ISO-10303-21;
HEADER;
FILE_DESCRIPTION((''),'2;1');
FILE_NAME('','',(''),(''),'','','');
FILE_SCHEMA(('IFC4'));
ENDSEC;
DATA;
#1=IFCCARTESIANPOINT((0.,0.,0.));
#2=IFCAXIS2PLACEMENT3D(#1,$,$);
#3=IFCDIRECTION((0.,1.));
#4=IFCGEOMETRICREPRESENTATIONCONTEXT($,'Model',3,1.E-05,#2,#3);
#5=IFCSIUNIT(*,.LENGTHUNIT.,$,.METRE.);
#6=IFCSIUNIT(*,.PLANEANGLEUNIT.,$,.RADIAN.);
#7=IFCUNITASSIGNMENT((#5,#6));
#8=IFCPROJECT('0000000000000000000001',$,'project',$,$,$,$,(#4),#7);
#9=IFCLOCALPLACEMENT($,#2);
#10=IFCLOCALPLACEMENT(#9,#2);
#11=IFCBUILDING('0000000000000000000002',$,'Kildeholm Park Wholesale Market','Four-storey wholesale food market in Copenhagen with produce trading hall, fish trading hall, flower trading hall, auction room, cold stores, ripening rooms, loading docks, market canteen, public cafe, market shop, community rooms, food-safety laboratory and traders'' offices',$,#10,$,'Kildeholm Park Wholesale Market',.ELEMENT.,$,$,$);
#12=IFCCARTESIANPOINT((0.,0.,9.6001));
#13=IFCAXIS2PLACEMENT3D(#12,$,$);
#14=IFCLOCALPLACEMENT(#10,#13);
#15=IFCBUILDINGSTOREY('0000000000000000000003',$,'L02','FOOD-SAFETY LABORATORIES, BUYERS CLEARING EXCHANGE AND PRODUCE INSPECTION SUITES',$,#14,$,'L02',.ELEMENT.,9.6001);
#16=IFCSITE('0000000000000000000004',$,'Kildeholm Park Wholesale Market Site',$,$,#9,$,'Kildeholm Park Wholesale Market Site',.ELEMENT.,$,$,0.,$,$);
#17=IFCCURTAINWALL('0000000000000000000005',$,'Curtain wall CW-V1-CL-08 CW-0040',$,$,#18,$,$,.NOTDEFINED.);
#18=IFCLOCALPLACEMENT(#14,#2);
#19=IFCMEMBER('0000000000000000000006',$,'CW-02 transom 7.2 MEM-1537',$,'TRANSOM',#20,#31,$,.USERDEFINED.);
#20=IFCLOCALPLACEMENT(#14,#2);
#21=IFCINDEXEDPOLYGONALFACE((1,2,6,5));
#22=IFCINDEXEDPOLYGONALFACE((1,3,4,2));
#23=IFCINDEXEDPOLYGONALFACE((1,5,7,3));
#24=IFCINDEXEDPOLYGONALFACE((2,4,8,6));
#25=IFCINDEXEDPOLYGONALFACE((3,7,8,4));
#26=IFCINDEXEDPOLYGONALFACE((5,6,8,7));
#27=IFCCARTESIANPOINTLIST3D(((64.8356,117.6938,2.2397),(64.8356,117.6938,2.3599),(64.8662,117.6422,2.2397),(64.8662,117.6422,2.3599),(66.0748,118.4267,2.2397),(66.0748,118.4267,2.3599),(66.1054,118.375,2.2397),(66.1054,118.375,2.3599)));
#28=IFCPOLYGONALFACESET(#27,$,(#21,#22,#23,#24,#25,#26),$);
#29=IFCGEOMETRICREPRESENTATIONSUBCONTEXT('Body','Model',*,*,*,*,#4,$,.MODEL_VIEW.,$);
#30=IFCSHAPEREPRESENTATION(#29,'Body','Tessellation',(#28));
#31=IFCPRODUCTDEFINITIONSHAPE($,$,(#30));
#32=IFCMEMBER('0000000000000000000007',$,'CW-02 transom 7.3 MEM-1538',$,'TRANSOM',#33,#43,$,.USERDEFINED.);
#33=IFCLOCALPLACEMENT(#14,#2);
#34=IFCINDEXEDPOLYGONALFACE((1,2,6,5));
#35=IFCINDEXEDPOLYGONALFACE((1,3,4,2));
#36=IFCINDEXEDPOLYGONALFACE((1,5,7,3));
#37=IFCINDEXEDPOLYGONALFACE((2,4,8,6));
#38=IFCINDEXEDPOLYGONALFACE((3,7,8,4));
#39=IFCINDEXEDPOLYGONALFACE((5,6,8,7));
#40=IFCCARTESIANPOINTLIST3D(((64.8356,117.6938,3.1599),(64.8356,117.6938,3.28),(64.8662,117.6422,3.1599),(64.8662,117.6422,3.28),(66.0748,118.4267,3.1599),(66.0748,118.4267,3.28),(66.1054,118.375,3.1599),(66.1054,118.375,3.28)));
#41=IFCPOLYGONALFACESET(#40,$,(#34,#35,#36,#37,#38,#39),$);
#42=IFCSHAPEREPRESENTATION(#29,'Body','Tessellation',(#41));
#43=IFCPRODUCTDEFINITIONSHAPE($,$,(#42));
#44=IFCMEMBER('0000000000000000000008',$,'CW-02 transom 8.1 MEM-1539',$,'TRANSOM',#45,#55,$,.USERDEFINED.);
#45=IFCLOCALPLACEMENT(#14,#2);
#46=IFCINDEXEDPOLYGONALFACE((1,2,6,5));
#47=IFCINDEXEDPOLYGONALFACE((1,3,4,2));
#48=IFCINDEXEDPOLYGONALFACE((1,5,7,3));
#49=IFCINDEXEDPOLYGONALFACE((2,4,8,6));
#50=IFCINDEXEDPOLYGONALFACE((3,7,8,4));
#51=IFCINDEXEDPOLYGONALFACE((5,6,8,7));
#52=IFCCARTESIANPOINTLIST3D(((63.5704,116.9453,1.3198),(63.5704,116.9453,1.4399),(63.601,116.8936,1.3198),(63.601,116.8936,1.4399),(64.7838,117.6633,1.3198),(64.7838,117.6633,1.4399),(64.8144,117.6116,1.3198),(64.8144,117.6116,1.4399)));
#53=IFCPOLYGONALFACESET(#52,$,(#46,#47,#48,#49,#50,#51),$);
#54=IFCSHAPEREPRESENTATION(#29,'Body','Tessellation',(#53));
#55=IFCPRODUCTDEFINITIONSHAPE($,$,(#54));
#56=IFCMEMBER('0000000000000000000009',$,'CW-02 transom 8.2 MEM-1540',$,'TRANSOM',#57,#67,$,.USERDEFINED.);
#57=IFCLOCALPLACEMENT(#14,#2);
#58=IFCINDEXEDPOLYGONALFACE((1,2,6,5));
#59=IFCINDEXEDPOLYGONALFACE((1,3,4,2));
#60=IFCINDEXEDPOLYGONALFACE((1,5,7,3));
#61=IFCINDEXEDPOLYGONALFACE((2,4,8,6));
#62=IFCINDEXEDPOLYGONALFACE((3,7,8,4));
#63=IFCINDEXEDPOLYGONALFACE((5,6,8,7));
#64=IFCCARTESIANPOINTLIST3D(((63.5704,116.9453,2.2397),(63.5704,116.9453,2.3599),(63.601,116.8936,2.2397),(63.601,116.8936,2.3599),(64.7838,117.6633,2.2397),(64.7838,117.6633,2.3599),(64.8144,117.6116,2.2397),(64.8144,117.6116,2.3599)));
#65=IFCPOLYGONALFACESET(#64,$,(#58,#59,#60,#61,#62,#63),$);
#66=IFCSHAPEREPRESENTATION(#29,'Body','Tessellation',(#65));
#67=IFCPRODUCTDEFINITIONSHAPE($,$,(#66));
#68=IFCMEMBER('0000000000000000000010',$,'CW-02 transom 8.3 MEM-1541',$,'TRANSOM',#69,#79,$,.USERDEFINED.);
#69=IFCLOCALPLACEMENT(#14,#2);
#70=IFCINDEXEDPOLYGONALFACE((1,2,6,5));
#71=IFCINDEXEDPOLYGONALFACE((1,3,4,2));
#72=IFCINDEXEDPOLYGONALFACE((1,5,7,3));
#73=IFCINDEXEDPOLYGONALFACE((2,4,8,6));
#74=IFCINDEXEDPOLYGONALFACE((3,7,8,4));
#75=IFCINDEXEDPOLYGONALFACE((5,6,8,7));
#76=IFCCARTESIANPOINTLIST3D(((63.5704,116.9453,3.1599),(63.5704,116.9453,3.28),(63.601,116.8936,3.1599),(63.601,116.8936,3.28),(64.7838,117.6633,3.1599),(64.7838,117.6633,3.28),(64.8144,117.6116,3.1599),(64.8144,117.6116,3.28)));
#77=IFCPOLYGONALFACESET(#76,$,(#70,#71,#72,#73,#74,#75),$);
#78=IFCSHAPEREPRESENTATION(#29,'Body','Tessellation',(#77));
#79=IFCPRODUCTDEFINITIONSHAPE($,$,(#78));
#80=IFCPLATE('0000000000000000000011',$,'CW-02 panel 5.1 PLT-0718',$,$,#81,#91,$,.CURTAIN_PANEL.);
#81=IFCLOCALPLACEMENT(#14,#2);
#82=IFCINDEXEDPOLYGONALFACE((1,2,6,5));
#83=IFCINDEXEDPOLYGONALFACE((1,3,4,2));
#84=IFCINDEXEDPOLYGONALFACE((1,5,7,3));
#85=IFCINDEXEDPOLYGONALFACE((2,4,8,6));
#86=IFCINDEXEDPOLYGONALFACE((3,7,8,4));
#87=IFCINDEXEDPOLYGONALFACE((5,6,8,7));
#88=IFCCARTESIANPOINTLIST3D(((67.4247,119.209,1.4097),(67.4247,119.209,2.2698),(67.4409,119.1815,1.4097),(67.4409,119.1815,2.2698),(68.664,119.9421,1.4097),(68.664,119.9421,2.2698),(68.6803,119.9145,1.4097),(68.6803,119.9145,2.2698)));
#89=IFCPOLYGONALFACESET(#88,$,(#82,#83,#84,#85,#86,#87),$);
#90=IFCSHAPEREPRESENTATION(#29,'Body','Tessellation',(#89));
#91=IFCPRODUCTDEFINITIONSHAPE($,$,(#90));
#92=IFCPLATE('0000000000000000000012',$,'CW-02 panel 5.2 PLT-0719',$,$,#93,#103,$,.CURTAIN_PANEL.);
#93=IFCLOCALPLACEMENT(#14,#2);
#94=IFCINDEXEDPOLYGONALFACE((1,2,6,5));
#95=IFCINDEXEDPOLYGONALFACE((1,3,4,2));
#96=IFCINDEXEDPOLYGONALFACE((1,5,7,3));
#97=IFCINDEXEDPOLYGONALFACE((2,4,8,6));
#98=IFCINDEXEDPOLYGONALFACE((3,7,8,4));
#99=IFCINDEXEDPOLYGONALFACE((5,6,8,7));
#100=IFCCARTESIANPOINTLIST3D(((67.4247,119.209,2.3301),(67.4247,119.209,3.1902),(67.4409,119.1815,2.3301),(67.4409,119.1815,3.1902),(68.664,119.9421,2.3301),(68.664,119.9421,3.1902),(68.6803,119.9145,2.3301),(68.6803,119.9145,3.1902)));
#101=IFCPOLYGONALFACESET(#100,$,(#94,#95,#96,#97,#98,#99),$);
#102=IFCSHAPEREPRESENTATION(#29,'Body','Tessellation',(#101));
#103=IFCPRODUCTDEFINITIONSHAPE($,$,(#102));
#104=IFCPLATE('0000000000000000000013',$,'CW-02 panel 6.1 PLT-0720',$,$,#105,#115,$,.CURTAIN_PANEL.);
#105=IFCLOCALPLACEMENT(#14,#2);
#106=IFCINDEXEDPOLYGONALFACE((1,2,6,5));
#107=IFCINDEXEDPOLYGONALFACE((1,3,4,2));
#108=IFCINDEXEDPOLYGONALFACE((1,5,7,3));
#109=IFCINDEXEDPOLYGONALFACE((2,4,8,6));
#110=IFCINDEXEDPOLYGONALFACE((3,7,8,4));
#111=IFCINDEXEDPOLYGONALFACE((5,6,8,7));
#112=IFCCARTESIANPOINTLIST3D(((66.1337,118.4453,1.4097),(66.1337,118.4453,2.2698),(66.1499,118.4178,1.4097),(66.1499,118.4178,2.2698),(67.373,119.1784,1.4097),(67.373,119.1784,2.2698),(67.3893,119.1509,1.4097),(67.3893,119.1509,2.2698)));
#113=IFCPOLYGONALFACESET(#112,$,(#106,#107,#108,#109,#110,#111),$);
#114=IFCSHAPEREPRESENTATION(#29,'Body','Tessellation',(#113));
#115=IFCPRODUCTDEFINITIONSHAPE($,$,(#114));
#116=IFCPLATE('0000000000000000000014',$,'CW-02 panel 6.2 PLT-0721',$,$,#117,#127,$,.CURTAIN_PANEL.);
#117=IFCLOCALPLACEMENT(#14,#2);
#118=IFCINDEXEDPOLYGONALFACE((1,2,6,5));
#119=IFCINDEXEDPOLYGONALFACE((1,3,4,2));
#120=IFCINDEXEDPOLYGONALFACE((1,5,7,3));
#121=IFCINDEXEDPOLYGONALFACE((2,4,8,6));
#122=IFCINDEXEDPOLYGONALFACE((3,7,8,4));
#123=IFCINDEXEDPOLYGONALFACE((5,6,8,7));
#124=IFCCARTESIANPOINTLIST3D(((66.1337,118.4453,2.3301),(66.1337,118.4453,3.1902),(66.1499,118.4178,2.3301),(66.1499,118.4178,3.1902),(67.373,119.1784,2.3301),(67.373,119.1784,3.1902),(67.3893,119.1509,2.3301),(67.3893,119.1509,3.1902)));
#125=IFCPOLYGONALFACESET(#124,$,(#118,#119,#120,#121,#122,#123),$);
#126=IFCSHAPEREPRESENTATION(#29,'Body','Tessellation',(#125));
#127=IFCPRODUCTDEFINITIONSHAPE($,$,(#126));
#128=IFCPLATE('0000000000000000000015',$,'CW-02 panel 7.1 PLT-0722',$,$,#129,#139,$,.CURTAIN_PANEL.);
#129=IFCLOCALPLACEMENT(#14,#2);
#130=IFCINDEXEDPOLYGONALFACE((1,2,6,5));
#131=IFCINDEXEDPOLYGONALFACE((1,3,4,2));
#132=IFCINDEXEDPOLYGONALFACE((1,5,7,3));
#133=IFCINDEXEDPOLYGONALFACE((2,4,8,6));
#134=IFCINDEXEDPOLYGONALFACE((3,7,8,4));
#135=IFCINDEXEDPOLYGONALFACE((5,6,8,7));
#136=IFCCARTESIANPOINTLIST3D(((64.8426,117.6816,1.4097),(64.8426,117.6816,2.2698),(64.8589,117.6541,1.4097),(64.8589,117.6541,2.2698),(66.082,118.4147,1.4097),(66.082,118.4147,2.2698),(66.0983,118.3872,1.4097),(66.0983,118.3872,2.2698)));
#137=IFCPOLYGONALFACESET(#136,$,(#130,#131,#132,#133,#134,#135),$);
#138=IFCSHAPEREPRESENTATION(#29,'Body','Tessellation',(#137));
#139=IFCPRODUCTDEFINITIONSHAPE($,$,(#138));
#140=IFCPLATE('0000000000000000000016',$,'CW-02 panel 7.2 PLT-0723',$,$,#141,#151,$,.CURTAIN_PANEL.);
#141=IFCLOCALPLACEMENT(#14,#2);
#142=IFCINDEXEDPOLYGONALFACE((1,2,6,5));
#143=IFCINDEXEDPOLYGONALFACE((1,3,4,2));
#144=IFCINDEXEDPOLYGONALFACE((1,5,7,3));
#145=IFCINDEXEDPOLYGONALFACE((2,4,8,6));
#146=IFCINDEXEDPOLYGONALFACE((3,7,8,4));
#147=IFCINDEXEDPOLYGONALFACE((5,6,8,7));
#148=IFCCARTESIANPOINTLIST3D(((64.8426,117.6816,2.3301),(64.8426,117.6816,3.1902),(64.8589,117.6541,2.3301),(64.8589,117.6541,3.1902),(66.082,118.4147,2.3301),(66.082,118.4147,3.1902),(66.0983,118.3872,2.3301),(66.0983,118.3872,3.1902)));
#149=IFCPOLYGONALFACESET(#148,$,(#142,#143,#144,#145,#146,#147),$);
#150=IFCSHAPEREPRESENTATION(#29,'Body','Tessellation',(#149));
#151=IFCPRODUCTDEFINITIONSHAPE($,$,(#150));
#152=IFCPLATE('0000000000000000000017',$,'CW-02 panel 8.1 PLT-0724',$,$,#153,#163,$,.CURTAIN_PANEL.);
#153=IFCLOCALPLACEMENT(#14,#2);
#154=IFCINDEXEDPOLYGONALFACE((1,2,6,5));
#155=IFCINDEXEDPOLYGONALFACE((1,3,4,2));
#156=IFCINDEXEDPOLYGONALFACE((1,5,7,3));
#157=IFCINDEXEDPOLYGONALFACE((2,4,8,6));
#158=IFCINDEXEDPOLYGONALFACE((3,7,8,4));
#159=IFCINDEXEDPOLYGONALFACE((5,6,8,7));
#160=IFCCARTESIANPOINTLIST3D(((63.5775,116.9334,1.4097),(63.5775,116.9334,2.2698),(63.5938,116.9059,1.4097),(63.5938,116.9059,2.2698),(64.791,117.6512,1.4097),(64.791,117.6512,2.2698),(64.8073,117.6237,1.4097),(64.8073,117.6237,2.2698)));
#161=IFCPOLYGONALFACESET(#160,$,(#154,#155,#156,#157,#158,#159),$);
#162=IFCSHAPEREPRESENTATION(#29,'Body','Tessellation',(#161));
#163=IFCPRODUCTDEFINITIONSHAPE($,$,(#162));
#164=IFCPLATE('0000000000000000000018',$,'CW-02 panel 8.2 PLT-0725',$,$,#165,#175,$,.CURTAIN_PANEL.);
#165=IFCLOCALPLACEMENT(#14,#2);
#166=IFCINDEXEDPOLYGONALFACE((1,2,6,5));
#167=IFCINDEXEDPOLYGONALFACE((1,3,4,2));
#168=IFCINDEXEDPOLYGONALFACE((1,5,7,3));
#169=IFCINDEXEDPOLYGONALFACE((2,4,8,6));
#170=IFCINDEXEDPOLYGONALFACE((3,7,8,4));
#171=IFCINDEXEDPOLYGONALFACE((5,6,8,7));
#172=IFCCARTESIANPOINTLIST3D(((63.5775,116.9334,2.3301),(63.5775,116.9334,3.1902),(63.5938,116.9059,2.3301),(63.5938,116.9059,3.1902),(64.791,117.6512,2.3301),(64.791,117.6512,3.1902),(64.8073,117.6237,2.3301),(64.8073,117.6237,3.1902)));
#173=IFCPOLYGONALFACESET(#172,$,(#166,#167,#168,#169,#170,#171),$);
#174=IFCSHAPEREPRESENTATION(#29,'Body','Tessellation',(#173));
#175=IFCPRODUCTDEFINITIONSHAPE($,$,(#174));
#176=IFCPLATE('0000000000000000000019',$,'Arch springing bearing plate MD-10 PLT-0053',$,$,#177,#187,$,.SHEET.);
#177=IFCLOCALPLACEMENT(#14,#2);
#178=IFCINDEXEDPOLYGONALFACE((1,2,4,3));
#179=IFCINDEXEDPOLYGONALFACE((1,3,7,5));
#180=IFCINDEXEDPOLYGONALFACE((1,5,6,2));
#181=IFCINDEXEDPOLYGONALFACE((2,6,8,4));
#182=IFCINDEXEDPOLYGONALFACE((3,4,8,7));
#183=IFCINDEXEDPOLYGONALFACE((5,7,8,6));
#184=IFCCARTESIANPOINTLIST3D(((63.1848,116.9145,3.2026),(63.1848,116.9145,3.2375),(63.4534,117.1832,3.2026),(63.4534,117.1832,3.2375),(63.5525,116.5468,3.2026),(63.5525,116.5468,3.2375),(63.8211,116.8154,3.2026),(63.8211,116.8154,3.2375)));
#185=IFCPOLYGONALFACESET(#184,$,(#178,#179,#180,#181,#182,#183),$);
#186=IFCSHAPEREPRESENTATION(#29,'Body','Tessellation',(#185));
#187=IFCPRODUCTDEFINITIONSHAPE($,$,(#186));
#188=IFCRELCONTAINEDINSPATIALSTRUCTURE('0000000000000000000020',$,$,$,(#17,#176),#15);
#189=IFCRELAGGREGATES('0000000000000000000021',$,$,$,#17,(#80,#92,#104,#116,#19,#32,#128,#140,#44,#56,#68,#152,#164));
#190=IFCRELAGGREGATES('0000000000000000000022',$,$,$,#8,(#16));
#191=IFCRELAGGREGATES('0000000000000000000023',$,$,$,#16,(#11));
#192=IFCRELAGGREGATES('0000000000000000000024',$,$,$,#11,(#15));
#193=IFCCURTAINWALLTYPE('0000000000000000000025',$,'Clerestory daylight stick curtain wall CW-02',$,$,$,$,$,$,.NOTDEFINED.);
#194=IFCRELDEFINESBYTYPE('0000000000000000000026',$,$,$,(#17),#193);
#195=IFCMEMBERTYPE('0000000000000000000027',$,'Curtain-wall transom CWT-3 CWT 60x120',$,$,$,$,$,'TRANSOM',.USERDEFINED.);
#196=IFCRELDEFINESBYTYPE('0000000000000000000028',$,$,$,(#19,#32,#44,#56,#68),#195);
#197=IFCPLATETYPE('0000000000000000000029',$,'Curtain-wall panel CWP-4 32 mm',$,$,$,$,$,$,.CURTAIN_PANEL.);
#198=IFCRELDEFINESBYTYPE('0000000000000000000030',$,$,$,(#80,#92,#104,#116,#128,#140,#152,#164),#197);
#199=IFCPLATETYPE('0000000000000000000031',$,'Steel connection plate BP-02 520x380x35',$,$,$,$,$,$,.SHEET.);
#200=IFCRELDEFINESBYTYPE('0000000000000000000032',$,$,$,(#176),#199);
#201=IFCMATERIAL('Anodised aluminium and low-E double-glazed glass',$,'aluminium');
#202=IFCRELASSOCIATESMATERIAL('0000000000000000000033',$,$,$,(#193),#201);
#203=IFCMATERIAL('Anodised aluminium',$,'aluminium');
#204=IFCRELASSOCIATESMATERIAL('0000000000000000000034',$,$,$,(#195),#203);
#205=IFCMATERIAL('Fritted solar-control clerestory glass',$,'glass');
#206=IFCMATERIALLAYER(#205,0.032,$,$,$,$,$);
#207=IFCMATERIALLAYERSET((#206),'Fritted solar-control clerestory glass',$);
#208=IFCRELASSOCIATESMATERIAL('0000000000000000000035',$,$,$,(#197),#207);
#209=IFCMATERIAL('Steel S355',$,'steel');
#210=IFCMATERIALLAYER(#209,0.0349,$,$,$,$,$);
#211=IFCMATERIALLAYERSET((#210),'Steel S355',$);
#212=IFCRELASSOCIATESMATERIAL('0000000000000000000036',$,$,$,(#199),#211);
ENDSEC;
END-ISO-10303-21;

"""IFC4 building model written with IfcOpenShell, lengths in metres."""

from ifc_helpers import new_model, si_unit, direction, frame, origin, origin_2d, place, context, subcontext, project, spatial, rectangle, extrude, material, layer, layer_set, material_profile, profile_set, type_object, element, aggregate, save


model = new_model("IFC4")

# Units and contexts
model_context = context("Model", 3, precision=1e-05, world=origin(), true_north=direction((0.0, 1.0)))
body_context = subcontext(model_context, "Body", "Model", "MODEL_VIEW")
ifc_project = project(units=[si_unit("LENGTHUNIT", "METRE"), si_unit("PLANEANGLEUNIT", "RADIAN")], contexts=[model_context])

# Site, building, storey
site_placement = place(None, origin())
site = spatial("IfcSite", under=ifc_project, at=site_placement, Name="Kildeholm Park Wholesale Market Site", LongName="Kildeholm Park Wholesale Market Site", CompositionType="ELEMENT", RefElevation=0.0)
building_placement = place(site_placement, origin())
building = spatial("IfcBuilding", under=site, at=building_placement, Name="Kildeholm Park Wholesale Market", Description="Four-storey wholesale food market in Copenhagen with produce trading hall, fish trading hall, flower trading hall, auction room, cold stores, ripening rooms, loading docks, market canteen, public cafe, market shop, community rooms, food-safety laboratory and traders' offices", LongName="Kildeholm Park Wholesale Market", CompositionType="ELEMENT")
storey_placement = place(building_placement, frame((0.0, 0.0, 9.6001)))
storey = spatial("IfcBuildingStorey", under=building, at=storey_placement, Name="L02", Description="FOOD-SAFETY LABORATORIES, BUYERS CLEARING EXCHANGE AND PRODUCE INSPECTION SUITES", LongName="L02", CompositionType="ELEMENT", Elevation=9.6001)

# Shared definitions
ifc_material_1 = material(Name="Steel S355", Category="steel")

# Curtain wall
ifc_material_2 = material(Name="Anodised aluminium and low-E double-glazed glass", Category="aluminium")
curtain_wall_type = type_object("IfcCurtainWallType", Name="Clerestory daylight stick curtain wall CW-02", PredefinedType="NOTDEFINED", material=ifc_material_2)
curtain_wall_1_placement = place(storey_placement, origin())
curtain_wall_1 = element("IfcCurtainWall", 1, at=curtain_wall_1_placement, inside=storey, type_object=curtain_wall_type, Name="Curtain wall CW-V1-CL-08 CW-0040", PredefinedType="NOTDEFINED")
ifc_material_3 = material(Name="Anodised aluminium", Category="aluminium")

# Members
ifc_material_profile_1 = material_profile(ifc_material_3, rectangle(XDim=0.0601, YDim=0.1201, at=origin_2d()), Name="CWT 60x120")
ifc_profile_set_1 = profile_set([ifc_material_profile_1], Name="Anodised aluminium")
member_type_1 = type_object("IfcMemberType", Name="Curtain-wall transom CWT-3 CWT 60x120", ElementType="TRANSOM", PredefinedType="USERDEFINED", material=ifc_profile_set_1)
member_1_placement = place(storey_placement, frame((66.0901, 118.4009, 2.2998), z_axis=(-0.860737, -0.509049, 0.0), x_axis=(0.509049, -0.860737, 0.0)))
member_1 = element("IfcMember", 2, at=member_1_placement, type_object=member_type_1, Name="CW-02 transom 7.2 MEM-1537", ObjectType="TRANSOM", PredefinedType="USERDEFINED", context=body_context, shape_type="SweptSolid", body=[
    extrude(rectangle(XDim=0.0601, YDim=0.1201, at=origin_2d()), origin(), (0.0, 0.0, 1.0), 1.4397),
])
member_2_placement = place(storey_placement, frame((66.0901, 118.4009, 3.22), z_axis=(-0.860737, -0.509049, 0.0), x_axis=(0.509049, -0.860737, 0.0)))
member_2 = element("IfcMember", 3, at=member_2_placement, type_object=member_type_1, Name="CW-02 transom 7.3 MEM-1538", ObjectType="TRANSOM", PredefinedType="USERDEFINED", context=body_context, shape_type="SweptSolid", body=[
    extrude(rectangle(XDim=0.0601, YDim=0.1201, at=origin_2d()), origin(), (0.0, 0.0, 1.0), 1.4397),
])
member_3_placement = place(storey_placement, frame((64.7991, 117.6375, 1.3799), z_axis=(-0.860609, -0.509266, 0.0), x_axis=(0.509266, -0.860609, 0.0)))
member_3 = element("IfcMember", 4, at=member_3_placement, type_object=member_type_1, Name="CW-02 transom 8.1 MEM-1539", ObjectType="TRANSOM", PredefinedType="USERDEFINED", context=body_context, shape_type="SweptSolid", body=[
    extrude(rectangle(XDim=0.0601, YDim=0.1201, at=origin_2d()), origin(), (0.0, 0.0, 1.0), 1.4099),
])
member_4_placement = place(storey_placement, frame((64.7991, 117.6375, 2.2998), z_axis=(-0.860609, -0.509266, 0.0), x_axis=(0.509266, -0.860609, 0.0)))
member_4 = element("IfcMember", 5, at=member_4_placement, type_object=member_type_1, Name="CW-02 transom 8.2 MEM-1540", ObjectType="TRANSOM", PredefinedType="USERDEFINED", context=body_context, shape_type="SweptSolid", body=[
    extrude(rectangle(XDim=0.0601, YDim=0.1201, at=origin_2d()), origin(), (0.0, 0.0, 1.0), 1.4099),
])
member_5_placement = place(storey_placement, frame((64.7991, 117.6375, 3.22), z_axis=(-0.860609, -0.509266, 0.0), x_axis=(0.509266, -0.860609, 0.0)))
member_5 = element("IfcMember", 6, at=member_5_placement, type_object=member_type_1, Name="CW-02 transom 8.3 MEM-1541", ObjectType="TRANSOM", PredefinedType="USERDEFINED", context=body_context, shape_type="SweptSolid", body=[
    extrude(rectangle(XDim=0.0601, YDim=0.1201, at=origin_2d()), origin(), (0.0, 0.0, 1.0), 1.4099),
])

# Plates
ifc_material_4 = material(Name="Fritted solar-control clerestory glass", Category="glass")
ifc_layer_1 = layer(ifc_material_4, 0.032)
ifc_layer_set_1 = layer_set([ifc_layer_1], Name="Fritted solar-control clerestory glass")
plate_type_1 = type_object("IfcPlateType", Name="Curtain-wall panel CWP-4 32 mm", PredefinedType="CURTAIN_PANEL", material=ifc_layer_set_1)
plate_1_placement = place(storey_placement, frame((68.0525, 119.5618, 1.4097), z_axis=(0.0, 0.0, 1.0), x_axis=(-0.860704, -0.509105, 0.0)))
plate_1 = element("IfcPlate", 7, at=plate_1_placement, type_object=plate_type_1, Name="CW-02 panel 5.1 PLT-0718", PredefinedType="CURTAIN_PANEL", context=body_context, shape_type="SweptSolid", body=[
    extrude(rectangle(XDim=1.4399, YDim=0.032, at=origin_2d()), origin(), (0.0, 0.0, 1.0), 0.8601),
])
plate_2_placement = place(storey_placement, frame((68.0525, 119.5618, 2.3301), z_axis=(0.0, 0.0, 1.0), x_axis=(-0.860704, -0.509105, 0.0)))
plate_2 = element("IfcPlate", 8, at=plate_2_placement, type_object=plate_type_1, Name="CW-02 panel 5.2 PLT-0719", PredefinedType="CURTAIN_PANEL", context=body_context, shape_type="SweptSolid", body=[
    extrude(rectangle(XDim=1.4399, YDim=0.032, at=origin_2d()), origin(), (0.0, 0.0, 1.0), 0.8601),
])
plate_3_placement = place(storey_placement, frame((66.7615, 118.7981, 1.4097), z_axis=(0.0, 0.0, 1.0), x_axis=(-0.860704, -0.509105, 0.0)))
plate_3 = element("IfcPlate", 9, at=plate_3_placement, type_object=plate_type_1, Name="CW-02 panel 6.1 PLT-0720", PredefinedType="CURTAIN_PANEL", context=body_context, shape_type="SweptSolid", body=[
    extrude(rectangle(XDim=1.4399, YDim=0.032, at=origin_2d()), origin(), (0.0, 0.0, 1.0), 0.8601),
])
plate_4_placement = place(storey_placement, frame((66.7615, 118.7981, 2.3301), z_axis=(0.0, 0.0, 1.0), x_axis=(-0.860704, -0.509105, 0.0)))
plate_4 = element("IfcPlate", 10, at=plate_4_placement, type_object=plate_type_1, Name="CW-02 panel 6.2 PLT-0721", PredefinedType="CURTAIN_PANEL", context=body_context, shape_type="SweptSolid", body=[
    extrude(rectangle(XDim=1.4399, YDim=0.032, at=origin_2d()), origin(), (0.0, 0.0, 1.0), 0.8601),
])
plate_5_placement = place(storey_placement, frame((65.4705, 118.0344, 1.4097), z_axis=(0.0, 0.0, 1.0), x_axis=(-0.860704, -0.509105, 0.0)))
plate_5 = element("IfcPlate", 11, at=plate_5_placement, type_object=plate_type_1, Name="CW-02 panel 7.1 PLT-0722", PredefinedType="CURTAIN_PANEL", context=body_context, shape_type="SweptSolid", body=[
    extrude(rectangle(XDim=1.4399, YDim=0.032, at=origin_2d()), origin(), (0.0, 0.0, 1.0), 0.8601),
])
plate_6_placement = place(storey_placement, frame((65.4705, 118.0344, 2.3301), z_axis=(0.0, 0.0, 1.0), x_axis=(-0.860704, -0.509105, 0.0)))
plate_6 = element("IfcPlate", 12, at=plate_6_placement, type_object=plate_type_1, Name="CW-02 panel 7.2 PLT-0723", PredefinedType="CURTAIN_PANEL", context=body_context, shape_type="SweptSolid", body=[
    extrude(rectangle(XDim=1.4399, YDim=0.032, at=origin_2d()), origin(), (0.0, 0.0, 1.0), 0.8601),
])
plate_7_placement = place(storey_placement, frame((64.1924, 117.2786, 1.4097), z_axis=(0.0, 0.0, 1.0), x_axis=(-0.860704, -0.509105, 0.0)))
plate_7 = element("IfcPlate", 13, at=plate_7_placement, type_object=plate_type_1, Name="CW-02 panel 8.1 PLT-0724", PredefinedType="CURTAIN_PANEL", context=body_context, shape_type="SweptSolid", body=[
    extrude(rectangle(XDim=1.4099, YDim=0.032, at=origin_2d()), origin(), (0.0, 0.0, 1.0), 0.8601),
])
plate_8_placement = place(storey_placement, frame((64.1924, 117.2786, 2.3301), z_axis=(0.0, 0.0, 1.0), x_axis=(-0.860704, -0.509105, 0.0)))
plate_8 = element("IfcPlate", 14, at=plate_8_placement, type_object=plate_type_1, Name="CW-02 panel 8.2 PLT-0725", PredefinedType="CURTAIN_PANEL", context=body_context, shape_type="SweptSolid", body=[
    extrude(rectangle(XDim=1.4099, YDim=0.032, at=origin_2d()), origin(), (0.0, 0.0, 1.0), 0.8601),
])
aggregate(curtain_wall_1, [plate_1, plate_2, plate_3, plate_4, member_1, member_2, plate_5, plate_6, member_3, member_4, member_5, plate_7, plate_8])
ifc_layer_2 = layer(ifc_material_1, 0.0349)
ifc_layer_set_2 = layer_set([ifc_layer_2], Name="Steel S355")
plate_type_2 = type_object("IfcPlateType", Name="Steel connection plate BP-02 520x380x35", PredefinedType="SHEET", material=ifc_layer_set_2)
plate_9_placement = place(storey_placement, frame((63.5029, 116.865, 3.2026), z_axis=(0.0, 0.0, 1.0), x_axis=(-0.707107, 0.707107, 0.0)))
element("IfcPlate", 15, at=plate_9_placement, inside=storey, type_object=plate_type_2, Name="Arch springing bearing plate MD-10 PLT-0053", PredefinedType="SHEET", context=body_context, shape_type="SweptSolid", body=[
    extrude(rectangle(XDim=0.52, YDim=0.3799, at=origin_2d()), origin(), (0.0, 0.0, 1.0), 0.0349),
])

save(model, "model.ifc")
